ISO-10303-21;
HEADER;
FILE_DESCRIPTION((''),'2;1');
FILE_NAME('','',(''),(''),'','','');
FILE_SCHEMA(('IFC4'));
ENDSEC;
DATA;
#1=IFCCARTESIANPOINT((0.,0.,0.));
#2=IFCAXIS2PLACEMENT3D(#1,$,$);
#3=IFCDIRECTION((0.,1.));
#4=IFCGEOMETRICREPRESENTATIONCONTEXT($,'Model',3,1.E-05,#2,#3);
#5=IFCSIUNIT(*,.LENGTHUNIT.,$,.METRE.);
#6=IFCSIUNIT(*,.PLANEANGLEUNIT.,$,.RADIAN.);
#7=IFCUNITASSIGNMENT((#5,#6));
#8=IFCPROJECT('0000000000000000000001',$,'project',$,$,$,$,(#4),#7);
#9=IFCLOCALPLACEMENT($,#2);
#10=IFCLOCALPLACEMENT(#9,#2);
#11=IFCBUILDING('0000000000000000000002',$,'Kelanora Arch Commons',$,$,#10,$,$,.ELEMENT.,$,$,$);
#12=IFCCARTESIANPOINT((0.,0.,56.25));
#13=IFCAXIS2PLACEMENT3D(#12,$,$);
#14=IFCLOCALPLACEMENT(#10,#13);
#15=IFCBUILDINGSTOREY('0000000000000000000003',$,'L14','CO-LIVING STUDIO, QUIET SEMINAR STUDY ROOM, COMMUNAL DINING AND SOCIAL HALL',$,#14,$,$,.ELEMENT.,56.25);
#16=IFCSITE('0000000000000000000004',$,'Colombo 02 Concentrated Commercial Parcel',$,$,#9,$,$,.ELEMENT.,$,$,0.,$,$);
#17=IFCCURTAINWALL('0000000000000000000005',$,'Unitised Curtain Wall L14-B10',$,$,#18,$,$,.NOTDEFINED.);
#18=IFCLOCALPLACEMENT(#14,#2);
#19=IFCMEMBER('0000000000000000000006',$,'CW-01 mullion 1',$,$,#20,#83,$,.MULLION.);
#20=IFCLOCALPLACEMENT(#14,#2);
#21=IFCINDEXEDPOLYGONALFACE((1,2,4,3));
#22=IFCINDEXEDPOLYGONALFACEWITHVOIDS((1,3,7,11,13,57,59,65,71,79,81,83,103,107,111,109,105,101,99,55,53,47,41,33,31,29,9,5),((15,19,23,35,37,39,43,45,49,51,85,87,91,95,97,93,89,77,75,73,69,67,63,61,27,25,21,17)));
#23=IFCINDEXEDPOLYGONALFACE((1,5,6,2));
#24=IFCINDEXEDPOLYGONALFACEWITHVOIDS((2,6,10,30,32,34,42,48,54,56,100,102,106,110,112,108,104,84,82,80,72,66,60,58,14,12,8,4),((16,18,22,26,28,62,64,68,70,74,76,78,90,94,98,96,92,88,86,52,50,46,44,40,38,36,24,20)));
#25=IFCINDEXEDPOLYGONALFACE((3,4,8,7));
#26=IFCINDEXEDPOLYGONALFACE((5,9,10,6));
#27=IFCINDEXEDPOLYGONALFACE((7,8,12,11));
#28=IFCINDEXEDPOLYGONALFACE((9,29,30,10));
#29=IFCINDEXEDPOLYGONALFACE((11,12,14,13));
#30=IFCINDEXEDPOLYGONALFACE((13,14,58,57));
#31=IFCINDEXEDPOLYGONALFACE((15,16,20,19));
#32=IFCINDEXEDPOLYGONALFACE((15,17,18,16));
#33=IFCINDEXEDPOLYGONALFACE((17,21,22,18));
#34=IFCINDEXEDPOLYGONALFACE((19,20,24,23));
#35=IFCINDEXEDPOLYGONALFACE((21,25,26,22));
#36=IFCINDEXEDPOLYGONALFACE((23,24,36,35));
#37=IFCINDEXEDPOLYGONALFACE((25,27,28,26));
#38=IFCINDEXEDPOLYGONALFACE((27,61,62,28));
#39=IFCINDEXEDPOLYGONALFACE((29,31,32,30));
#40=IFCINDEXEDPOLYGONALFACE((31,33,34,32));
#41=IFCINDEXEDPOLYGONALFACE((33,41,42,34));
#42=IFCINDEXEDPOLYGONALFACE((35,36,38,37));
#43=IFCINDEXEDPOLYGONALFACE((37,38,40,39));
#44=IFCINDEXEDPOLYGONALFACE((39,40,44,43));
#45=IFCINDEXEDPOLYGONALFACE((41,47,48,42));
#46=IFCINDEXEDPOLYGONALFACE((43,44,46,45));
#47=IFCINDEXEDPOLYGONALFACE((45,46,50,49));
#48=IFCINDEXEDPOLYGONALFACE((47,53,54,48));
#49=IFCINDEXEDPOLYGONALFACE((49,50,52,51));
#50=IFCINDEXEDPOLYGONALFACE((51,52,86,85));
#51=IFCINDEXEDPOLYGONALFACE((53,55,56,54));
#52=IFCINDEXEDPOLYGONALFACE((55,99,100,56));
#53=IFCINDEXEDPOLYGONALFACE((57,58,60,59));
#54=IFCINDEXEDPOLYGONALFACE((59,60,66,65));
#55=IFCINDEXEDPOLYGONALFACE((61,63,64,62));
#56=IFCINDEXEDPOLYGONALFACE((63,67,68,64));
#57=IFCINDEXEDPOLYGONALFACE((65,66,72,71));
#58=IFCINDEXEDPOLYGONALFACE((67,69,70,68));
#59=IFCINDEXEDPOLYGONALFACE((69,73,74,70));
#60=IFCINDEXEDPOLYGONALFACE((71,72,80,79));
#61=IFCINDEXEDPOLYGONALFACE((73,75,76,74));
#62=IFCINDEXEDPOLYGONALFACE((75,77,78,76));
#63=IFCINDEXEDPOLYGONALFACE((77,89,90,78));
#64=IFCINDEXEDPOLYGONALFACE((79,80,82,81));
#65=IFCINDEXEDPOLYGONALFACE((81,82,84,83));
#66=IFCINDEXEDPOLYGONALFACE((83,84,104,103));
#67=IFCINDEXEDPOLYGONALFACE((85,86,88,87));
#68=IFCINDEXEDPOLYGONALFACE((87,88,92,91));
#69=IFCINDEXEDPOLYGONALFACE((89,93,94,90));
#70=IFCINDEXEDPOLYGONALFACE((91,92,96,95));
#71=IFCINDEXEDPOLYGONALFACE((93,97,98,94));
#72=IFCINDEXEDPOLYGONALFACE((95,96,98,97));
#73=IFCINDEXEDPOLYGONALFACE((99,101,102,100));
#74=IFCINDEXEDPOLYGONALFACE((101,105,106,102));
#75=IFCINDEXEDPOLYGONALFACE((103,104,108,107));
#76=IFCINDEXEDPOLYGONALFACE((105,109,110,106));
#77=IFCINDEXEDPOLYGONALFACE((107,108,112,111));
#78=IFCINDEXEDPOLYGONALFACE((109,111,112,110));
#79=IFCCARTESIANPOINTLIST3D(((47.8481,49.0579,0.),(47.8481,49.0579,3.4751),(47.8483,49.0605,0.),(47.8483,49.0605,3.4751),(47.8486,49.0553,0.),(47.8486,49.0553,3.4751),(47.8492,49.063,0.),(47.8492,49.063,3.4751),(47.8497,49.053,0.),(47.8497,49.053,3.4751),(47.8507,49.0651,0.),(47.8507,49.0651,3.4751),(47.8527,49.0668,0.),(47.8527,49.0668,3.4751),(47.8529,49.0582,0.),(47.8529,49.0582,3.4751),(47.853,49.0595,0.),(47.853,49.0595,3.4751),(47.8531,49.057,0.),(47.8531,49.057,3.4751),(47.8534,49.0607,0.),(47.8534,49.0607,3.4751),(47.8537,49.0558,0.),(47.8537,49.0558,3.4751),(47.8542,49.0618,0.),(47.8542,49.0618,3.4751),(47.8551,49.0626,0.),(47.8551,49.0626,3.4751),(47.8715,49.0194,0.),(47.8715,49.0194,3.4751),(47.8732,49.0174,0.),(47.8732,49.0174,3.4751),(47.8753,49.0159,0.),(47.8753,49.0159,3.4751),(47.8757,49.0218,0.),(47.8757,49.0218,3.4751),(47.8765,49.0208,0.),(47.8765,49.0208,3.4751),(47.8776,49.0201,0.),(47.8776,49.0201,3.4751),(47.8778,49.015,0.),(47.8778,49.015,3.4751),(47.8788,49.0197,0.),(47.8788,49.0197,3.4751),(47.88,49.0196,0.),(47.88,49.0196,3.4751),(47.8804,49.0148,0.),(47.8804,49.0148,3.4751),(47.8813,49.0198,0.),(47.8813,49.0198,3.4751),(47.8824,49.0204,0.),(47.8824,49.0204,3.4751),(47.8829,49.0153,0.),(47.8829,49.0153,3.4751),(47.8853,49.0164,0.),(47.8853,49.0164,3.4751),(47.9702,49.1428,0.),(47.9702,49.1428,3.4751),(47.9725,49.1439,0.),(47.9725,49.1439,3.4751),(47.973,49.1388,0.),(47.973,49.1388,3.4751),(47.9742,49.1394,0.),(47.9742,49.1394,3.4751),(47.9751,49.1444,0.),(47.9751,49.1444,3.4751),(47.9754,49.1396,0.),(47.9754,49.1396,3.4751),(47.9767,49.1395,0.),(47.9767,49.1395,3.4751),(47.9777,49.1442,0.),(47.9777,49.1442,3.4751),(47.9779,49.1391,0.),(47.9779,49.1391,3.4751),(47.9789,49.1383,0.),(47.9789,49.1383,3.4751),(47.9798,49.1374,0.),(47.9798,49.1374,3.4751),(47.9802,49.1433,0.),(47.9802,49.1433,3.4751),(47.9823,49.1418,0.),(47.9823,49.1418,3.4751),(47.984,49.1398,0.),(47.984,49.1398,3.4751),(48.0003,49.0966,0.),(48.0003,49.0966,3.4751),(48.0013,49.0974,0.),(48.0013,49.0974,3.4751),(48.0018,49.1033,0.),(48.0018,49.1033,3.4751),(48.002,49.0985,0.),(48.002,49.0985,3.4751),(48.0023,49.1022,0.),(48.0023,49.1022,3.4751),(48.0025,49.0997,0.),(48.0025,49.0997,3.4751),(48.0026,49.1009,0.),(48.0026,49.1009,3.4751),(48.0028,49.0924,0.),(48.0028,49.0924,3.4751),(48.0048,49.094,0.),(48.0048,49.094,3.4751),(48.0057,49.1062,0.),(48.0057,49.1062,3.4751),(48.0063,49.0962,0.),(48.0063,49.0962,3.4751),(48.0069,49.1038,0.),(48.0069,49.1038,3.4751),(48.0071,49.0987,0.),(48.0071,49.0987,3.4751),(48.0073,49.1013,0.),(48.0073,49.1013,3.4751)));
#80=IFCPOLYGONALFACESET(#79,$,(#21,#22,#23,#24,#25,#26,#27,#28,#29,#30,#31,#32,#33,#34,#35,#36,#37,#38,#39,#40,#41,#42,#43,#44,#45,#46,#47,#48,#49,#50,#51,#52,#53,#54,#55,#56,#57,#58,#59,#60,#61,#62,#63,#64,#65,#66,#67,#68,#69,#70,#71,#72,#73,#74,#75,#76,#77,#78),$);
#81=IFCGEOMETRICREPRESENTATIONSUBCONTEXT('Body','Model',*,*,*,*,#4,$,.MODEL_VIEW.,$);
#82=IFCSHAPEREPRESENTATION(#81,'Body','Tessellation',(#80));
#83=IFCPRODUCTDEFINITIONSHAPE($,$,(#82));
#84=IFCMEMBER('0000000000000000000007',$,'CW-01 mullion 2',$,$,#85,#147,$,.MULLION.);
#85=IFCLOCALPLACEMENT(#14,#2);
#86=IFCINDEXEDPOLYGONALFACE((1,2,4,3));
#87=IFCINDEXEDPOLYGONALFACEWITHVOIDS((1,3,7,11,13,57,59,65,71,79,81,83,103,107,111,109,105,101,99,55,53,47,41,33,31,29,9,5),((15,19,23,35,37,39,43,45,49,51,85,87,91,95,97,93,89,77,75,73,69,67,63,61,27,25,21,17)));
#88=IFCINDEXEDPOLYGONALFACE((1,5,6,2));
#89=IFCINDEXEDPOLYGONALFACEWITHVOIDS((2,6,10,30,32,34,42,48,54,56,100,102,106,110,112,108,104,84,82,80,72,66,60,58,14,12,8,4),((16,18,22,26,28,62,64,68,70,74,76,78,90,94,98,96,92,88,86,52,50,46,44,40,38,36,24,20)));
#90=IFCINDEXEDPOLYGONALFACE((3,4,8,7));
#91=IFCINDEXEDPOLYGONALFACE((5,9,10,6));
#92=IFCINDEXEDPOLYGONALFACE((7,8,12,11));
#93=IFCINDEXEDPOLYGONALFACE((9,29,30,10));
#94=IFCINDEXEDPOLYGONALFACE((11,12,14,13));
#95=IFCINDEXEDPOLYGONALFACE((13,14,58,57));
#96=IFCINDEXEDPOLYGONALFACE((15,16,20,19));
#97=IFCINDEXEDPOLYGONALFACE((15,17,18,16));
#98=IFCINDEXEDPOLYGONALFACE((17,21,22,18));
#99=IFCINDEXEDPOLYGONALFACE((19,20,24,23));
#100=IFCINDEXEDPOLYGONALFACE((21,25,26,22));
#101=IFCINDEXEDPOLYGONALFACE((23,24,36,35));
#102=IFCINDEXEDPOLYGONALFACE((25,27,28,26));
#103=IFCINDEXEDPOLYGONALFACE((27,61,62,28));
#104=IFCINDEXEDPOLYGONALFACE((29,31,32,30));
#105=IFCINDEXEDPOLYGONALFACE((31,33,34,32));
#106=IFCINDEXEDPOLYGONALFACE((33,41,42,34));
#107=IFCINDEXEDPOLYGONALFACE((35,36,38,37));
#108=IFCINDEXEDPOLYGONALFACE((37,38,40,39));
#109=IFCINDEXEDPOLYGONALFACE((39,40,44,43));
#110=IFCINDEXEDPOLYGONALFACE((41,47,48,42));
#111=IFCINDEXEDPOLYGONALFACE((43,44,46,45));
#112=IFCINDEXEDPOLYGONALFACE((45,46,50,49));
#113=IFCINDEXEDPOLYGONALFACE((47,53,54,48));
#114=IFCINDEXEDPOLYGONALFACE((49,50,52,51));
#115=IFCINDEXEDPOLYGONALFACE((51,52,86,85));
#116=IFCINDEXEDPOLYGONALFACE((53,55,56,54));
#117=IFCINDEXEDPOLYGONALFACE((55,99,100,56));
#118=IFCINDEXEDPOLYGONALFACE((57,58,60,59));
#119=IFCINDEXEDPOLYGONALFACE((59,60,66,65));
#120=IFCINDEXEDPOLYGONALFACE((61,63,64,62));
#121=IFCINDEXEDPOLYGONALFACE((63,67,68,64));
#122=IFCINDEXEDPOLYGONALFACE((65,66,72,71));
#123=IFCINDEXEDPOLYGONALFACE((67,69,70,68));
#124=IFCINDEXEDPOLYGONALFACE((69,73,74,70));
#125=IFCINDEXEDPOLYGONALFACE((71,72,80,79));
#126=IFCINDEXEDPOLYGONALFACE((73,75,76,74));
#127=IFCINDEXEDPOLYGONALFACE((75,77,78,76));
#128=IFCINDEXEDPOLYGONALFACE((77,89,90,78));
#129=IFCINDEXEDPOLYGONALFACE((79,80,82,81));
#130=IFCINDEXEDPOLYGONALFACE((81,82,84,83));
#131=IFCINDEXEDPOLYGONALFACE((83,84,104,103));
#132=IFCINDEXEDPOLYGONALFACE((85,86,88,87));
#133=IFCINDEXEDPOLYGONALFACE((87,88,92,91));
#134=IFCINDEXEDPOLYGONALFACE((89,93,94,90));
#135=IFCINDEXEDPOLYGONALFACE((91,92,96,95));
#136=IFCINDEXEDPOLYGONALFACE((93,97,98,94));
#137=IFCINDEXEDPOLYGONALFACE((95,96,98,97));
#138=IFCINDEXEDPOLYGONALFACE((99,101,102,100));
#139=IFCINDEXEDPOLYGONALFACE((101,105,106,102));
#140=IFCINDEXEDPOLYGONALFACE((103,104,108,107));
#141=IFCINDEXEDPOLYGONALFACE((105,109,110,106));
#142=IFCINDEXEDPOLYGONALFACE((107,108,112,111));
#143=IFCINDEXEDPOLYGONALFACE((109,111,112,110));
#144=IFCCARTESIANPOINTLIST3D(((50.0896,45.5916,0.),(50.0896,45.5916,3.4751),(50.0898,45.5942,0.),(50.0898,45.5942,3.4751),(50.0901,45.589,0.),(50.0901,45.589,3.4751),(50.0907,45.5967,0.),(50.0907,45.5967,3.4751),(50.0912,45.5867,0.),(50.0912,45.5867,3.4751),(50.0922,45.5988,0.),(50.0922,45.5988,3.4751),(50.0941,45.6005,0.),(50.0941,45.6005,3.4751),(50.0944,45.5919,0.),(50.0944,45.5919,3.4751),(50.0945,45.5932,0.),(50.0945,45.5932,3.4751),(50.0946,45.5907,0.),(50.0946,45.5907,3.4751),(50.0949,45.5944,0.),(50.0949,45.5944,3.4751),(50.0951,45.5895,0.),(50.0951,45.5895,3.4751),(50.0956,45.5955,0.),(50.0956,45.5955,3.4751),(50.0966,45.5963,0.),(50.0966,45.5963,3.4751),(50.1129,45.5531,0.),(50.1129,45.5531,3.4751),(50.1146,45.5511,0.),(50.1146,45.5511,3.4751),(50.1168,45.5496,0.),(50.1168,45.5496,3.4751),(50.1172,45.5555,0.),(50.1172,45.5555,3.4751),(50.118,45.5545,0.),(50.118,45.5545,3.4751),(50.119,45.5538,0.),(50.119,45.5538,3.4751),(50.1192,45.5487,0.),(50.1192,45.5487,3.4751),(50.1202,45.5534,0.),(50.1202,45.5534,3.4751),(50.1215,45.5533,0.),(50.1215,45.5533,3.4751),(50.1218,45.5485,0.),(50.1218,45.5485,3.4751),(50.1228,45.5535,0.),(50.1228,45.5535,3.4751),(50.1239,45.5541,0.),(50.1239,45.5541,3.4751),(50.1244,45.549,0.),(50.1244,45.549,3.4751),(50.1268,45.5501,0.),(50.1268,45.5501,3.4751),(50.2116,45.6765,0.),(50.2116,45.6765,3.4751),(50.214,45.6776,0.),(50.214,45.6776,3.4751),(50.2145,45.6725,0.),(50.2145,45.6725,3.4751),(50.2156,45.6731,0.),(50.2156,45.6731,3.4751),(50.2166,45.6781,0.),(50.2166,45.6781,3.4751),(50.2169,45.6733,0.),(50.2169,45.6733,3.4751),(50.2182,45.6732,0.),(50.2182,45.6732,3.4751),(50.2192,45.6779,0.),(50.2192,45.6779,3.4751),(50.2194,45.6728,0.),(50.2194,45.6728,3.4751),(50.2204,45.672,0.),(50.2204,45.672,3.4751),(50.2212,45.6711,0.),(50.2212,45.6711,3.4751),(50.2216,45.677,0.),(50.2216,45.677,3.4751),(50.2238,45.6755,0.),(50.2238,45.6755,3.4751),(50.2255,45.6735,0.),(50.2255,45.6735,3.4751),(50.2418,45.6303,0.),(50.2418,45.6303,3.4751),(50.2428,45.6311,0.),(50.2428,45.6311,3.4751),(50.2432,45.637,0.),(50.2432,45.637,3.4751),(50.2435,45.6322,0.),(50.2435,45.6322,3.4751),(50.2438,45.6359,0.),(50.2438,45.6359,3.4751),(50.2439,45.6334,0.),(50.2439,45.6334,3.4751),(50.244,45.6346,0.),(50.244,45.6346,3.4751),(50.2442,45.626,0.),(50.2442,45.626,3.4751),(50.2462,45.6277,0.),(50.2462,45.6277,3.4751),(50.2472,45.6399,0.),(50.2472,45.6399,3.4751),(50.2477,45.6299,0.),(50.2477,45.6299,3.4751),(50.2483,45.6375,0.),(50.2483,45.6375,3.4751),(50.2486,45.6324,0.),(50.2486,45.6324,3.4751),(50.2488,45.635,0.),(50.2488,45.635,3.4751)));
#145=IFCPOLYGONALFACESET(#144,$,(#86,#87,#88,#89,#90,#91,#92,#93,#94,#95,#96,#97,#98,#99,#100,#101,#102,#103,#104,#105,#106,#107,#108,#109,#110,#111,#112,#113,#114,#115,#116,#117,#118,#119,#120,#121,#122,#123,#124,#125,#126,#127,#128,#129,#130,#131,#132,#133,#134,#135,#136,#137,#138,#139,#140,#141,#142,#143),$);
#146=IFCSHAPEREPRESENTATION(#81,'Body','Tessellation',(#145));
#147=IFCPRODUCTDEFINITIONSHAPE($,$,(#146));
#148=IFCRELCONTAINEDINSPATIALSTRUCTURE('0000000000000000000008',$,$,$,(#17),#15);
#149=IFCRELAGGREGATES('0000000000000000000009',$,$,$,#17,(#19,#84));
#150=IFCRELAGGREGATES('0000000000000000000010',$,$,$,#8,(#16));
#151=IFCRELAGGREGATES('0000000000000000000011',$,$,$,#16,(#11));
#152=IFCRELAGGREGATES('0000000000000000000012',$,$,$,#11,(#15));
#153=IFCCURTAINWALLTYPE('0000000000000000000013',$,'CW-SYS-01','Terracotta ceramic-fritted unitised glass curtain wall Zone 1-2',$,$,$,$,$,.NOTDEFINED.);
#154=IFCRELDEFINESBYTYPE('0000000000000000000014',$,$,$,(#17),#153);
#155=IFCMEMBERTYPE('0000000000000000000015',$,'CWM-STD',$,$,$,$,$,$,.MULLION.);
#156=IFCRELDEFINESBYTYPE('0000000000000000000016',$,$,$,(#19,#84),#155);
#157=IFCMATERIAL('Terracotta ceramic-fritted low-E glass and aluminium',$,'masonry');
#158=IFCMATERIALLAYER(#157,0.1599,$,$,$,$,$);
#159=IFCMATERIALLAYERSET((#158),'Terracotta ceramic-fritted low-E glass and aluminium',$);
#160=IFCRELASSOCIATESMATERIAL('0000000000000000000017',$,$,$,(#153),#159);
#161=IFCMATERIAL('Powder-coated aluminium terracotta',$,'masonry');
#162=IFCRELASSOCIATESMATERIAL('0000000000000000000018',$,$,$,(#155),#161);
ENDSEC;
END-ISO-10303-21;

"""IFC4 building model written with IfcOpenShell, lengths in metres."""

from ifc_helpers import new_model, si_unit, direction, frame, origin, origin_2d, place, context, subcontext, project, spatial, hollow_rectangle, extrude, material, layer, layer_set, material_profile, profile_set, type_object, element, aggregate, save


model = new_model("IFC4")

# Units and contexts
model_context = context("Model", 3, precision=1e-05, world=origin(), true_north=direction((0.0, 1.0)))
body_context = subcontext(model_context, "Body", "Model", "MODEL_VIEW")
ifc_project = project(units=[si_unit("LENGTHUNIT", "METRE"), si_unit("PLANEANGLEUNIT", "RADIAN")], contexts=[model_context])

# Site, building, storey
site_placement = place(None, origin())
site = spatial("IfcSite", under=ifc_project, at=site_placement, Name="Colombo 02 Concentrated Commercial Parcel", CompositionType="ELEMENT", RefElevation=0.0)
building_placement = place(site_placement, origin())
building = spatial("IfcBuilding", under=site, at=building_placement, Name="Kelanora Arch Commons", CompositionType="ELEMENT")
storey_placement = place(building_placement, frame((0.0, 0.0, 56.25)))
storey = spatial("IfcBuildingStorey", under=building, at=storey_placement, Name="L14", Description="CO-LIVING STUDIO, QUIET SEMINAR STUDY ROOM, COMMUNAL DINING AND SOCIAL HALL", CompositionType="ELEMENT", Elevation=56.25)

# Shared definitions
ifc_material_1 = material(Name="Terracotta ceramic-fritted low-E glass and aluminium", Category="masonry")
ifc_layer_1 = layer(ifc_material_1, 0.1599)
ifc_layer_set_1 = layer_set([ifc_layer_1], Name="Terracotta ceramic-fritted low-E glass and aluminium")
curtain_wall_type = type_object("IfcCurtainWallType", Name="CW-SYS-01", Description="Terracotta ceramic-fritted unitised glass curtain wall Zone 1-2", PredefinedType="NOTDEFINED", material=ifc_layer_set_1)
ifc_material_2 = material(Name="Powder-coated aluminium terracotta", Category="masonry")
ifc_material_profile_1 = material_profile(ifc_material_2, hollow_rectangle(XDim=0.1599, YDim=0.0601, WallThickness=0.0049, InnerFilletRadius=0.0049, OuterFilletRadius=0.01, at=origin_2d()), Name="CWM160x60")
ifc_profile_set_1 = profile_set([ifc_material_profile_1], Name="Powder-coated aluminium terracotta")
member_type_1 = type_object("IfcMemberType", Name="CWM-STD", PredefinedType="MULLION", material=ifc_profile_set_1)

# Curtain wall, members
curtain_wall_1_placement = place(storey_placement, origin())
curtain_wall_1 = element("IfcCurtainWall", 1, at=curtain_wall_1_placement, inside=storey, type_object=curtain_wall_type, Name="Unitised Curtain Wall L14-B10", PredefinedType="NOTDEFINED")
member_1_placement = place(storey_placement, frame((47.9277, 49.0796, 0.0), z_axis=(0.0, 0.0, 1.0), x_axis=(0.83973, 0.543004, 0.0)))
member_1 = element("IfcMember", 2, at=member_1_placement, type_object=member_type_1, Name="CW-01 mullion 1", PredefinedType="MULLION", context=body_context, shape_type="SweptSolid", body=[
    extrude(hollow_rectangle(XDim=0.1599, YDim=0.0601, WallThickness=0.0049, InnerFilletRadius=0.0049, OuterFilletRadius=0.01, at=origin_2d()), origin(), (0.0, 0.0, 1.0), 3.4751),
])
member_2_placement = place(storey_placement, frame((50.1692, 45.6133, 0.0), z_axis=(0.0, 0.0, 1.0), x_axis=(0.83973, 0.543004, 0.0)))
member_2 = element("IfcMember", 3, at=member_2_placement, type_object=member_type_1, Name="CW-01 mullion 2", PredefinedType="MULLION", context=body_context, shape_type="SweptSolid", body=[
    extrude(hollow_rectangle(XDim=0.1599, YDim=0.0601, WallThickness=0.0049, InnerFilletRadius=0.0049, OuterFilletRadius=0.01, at=origin_2d()), origin(), (0.0, 0.0, 1.0), 3.4751),
])

aggregate(curtain_wall_1, [member_1, member_2])

save(model, "model.ifc")
